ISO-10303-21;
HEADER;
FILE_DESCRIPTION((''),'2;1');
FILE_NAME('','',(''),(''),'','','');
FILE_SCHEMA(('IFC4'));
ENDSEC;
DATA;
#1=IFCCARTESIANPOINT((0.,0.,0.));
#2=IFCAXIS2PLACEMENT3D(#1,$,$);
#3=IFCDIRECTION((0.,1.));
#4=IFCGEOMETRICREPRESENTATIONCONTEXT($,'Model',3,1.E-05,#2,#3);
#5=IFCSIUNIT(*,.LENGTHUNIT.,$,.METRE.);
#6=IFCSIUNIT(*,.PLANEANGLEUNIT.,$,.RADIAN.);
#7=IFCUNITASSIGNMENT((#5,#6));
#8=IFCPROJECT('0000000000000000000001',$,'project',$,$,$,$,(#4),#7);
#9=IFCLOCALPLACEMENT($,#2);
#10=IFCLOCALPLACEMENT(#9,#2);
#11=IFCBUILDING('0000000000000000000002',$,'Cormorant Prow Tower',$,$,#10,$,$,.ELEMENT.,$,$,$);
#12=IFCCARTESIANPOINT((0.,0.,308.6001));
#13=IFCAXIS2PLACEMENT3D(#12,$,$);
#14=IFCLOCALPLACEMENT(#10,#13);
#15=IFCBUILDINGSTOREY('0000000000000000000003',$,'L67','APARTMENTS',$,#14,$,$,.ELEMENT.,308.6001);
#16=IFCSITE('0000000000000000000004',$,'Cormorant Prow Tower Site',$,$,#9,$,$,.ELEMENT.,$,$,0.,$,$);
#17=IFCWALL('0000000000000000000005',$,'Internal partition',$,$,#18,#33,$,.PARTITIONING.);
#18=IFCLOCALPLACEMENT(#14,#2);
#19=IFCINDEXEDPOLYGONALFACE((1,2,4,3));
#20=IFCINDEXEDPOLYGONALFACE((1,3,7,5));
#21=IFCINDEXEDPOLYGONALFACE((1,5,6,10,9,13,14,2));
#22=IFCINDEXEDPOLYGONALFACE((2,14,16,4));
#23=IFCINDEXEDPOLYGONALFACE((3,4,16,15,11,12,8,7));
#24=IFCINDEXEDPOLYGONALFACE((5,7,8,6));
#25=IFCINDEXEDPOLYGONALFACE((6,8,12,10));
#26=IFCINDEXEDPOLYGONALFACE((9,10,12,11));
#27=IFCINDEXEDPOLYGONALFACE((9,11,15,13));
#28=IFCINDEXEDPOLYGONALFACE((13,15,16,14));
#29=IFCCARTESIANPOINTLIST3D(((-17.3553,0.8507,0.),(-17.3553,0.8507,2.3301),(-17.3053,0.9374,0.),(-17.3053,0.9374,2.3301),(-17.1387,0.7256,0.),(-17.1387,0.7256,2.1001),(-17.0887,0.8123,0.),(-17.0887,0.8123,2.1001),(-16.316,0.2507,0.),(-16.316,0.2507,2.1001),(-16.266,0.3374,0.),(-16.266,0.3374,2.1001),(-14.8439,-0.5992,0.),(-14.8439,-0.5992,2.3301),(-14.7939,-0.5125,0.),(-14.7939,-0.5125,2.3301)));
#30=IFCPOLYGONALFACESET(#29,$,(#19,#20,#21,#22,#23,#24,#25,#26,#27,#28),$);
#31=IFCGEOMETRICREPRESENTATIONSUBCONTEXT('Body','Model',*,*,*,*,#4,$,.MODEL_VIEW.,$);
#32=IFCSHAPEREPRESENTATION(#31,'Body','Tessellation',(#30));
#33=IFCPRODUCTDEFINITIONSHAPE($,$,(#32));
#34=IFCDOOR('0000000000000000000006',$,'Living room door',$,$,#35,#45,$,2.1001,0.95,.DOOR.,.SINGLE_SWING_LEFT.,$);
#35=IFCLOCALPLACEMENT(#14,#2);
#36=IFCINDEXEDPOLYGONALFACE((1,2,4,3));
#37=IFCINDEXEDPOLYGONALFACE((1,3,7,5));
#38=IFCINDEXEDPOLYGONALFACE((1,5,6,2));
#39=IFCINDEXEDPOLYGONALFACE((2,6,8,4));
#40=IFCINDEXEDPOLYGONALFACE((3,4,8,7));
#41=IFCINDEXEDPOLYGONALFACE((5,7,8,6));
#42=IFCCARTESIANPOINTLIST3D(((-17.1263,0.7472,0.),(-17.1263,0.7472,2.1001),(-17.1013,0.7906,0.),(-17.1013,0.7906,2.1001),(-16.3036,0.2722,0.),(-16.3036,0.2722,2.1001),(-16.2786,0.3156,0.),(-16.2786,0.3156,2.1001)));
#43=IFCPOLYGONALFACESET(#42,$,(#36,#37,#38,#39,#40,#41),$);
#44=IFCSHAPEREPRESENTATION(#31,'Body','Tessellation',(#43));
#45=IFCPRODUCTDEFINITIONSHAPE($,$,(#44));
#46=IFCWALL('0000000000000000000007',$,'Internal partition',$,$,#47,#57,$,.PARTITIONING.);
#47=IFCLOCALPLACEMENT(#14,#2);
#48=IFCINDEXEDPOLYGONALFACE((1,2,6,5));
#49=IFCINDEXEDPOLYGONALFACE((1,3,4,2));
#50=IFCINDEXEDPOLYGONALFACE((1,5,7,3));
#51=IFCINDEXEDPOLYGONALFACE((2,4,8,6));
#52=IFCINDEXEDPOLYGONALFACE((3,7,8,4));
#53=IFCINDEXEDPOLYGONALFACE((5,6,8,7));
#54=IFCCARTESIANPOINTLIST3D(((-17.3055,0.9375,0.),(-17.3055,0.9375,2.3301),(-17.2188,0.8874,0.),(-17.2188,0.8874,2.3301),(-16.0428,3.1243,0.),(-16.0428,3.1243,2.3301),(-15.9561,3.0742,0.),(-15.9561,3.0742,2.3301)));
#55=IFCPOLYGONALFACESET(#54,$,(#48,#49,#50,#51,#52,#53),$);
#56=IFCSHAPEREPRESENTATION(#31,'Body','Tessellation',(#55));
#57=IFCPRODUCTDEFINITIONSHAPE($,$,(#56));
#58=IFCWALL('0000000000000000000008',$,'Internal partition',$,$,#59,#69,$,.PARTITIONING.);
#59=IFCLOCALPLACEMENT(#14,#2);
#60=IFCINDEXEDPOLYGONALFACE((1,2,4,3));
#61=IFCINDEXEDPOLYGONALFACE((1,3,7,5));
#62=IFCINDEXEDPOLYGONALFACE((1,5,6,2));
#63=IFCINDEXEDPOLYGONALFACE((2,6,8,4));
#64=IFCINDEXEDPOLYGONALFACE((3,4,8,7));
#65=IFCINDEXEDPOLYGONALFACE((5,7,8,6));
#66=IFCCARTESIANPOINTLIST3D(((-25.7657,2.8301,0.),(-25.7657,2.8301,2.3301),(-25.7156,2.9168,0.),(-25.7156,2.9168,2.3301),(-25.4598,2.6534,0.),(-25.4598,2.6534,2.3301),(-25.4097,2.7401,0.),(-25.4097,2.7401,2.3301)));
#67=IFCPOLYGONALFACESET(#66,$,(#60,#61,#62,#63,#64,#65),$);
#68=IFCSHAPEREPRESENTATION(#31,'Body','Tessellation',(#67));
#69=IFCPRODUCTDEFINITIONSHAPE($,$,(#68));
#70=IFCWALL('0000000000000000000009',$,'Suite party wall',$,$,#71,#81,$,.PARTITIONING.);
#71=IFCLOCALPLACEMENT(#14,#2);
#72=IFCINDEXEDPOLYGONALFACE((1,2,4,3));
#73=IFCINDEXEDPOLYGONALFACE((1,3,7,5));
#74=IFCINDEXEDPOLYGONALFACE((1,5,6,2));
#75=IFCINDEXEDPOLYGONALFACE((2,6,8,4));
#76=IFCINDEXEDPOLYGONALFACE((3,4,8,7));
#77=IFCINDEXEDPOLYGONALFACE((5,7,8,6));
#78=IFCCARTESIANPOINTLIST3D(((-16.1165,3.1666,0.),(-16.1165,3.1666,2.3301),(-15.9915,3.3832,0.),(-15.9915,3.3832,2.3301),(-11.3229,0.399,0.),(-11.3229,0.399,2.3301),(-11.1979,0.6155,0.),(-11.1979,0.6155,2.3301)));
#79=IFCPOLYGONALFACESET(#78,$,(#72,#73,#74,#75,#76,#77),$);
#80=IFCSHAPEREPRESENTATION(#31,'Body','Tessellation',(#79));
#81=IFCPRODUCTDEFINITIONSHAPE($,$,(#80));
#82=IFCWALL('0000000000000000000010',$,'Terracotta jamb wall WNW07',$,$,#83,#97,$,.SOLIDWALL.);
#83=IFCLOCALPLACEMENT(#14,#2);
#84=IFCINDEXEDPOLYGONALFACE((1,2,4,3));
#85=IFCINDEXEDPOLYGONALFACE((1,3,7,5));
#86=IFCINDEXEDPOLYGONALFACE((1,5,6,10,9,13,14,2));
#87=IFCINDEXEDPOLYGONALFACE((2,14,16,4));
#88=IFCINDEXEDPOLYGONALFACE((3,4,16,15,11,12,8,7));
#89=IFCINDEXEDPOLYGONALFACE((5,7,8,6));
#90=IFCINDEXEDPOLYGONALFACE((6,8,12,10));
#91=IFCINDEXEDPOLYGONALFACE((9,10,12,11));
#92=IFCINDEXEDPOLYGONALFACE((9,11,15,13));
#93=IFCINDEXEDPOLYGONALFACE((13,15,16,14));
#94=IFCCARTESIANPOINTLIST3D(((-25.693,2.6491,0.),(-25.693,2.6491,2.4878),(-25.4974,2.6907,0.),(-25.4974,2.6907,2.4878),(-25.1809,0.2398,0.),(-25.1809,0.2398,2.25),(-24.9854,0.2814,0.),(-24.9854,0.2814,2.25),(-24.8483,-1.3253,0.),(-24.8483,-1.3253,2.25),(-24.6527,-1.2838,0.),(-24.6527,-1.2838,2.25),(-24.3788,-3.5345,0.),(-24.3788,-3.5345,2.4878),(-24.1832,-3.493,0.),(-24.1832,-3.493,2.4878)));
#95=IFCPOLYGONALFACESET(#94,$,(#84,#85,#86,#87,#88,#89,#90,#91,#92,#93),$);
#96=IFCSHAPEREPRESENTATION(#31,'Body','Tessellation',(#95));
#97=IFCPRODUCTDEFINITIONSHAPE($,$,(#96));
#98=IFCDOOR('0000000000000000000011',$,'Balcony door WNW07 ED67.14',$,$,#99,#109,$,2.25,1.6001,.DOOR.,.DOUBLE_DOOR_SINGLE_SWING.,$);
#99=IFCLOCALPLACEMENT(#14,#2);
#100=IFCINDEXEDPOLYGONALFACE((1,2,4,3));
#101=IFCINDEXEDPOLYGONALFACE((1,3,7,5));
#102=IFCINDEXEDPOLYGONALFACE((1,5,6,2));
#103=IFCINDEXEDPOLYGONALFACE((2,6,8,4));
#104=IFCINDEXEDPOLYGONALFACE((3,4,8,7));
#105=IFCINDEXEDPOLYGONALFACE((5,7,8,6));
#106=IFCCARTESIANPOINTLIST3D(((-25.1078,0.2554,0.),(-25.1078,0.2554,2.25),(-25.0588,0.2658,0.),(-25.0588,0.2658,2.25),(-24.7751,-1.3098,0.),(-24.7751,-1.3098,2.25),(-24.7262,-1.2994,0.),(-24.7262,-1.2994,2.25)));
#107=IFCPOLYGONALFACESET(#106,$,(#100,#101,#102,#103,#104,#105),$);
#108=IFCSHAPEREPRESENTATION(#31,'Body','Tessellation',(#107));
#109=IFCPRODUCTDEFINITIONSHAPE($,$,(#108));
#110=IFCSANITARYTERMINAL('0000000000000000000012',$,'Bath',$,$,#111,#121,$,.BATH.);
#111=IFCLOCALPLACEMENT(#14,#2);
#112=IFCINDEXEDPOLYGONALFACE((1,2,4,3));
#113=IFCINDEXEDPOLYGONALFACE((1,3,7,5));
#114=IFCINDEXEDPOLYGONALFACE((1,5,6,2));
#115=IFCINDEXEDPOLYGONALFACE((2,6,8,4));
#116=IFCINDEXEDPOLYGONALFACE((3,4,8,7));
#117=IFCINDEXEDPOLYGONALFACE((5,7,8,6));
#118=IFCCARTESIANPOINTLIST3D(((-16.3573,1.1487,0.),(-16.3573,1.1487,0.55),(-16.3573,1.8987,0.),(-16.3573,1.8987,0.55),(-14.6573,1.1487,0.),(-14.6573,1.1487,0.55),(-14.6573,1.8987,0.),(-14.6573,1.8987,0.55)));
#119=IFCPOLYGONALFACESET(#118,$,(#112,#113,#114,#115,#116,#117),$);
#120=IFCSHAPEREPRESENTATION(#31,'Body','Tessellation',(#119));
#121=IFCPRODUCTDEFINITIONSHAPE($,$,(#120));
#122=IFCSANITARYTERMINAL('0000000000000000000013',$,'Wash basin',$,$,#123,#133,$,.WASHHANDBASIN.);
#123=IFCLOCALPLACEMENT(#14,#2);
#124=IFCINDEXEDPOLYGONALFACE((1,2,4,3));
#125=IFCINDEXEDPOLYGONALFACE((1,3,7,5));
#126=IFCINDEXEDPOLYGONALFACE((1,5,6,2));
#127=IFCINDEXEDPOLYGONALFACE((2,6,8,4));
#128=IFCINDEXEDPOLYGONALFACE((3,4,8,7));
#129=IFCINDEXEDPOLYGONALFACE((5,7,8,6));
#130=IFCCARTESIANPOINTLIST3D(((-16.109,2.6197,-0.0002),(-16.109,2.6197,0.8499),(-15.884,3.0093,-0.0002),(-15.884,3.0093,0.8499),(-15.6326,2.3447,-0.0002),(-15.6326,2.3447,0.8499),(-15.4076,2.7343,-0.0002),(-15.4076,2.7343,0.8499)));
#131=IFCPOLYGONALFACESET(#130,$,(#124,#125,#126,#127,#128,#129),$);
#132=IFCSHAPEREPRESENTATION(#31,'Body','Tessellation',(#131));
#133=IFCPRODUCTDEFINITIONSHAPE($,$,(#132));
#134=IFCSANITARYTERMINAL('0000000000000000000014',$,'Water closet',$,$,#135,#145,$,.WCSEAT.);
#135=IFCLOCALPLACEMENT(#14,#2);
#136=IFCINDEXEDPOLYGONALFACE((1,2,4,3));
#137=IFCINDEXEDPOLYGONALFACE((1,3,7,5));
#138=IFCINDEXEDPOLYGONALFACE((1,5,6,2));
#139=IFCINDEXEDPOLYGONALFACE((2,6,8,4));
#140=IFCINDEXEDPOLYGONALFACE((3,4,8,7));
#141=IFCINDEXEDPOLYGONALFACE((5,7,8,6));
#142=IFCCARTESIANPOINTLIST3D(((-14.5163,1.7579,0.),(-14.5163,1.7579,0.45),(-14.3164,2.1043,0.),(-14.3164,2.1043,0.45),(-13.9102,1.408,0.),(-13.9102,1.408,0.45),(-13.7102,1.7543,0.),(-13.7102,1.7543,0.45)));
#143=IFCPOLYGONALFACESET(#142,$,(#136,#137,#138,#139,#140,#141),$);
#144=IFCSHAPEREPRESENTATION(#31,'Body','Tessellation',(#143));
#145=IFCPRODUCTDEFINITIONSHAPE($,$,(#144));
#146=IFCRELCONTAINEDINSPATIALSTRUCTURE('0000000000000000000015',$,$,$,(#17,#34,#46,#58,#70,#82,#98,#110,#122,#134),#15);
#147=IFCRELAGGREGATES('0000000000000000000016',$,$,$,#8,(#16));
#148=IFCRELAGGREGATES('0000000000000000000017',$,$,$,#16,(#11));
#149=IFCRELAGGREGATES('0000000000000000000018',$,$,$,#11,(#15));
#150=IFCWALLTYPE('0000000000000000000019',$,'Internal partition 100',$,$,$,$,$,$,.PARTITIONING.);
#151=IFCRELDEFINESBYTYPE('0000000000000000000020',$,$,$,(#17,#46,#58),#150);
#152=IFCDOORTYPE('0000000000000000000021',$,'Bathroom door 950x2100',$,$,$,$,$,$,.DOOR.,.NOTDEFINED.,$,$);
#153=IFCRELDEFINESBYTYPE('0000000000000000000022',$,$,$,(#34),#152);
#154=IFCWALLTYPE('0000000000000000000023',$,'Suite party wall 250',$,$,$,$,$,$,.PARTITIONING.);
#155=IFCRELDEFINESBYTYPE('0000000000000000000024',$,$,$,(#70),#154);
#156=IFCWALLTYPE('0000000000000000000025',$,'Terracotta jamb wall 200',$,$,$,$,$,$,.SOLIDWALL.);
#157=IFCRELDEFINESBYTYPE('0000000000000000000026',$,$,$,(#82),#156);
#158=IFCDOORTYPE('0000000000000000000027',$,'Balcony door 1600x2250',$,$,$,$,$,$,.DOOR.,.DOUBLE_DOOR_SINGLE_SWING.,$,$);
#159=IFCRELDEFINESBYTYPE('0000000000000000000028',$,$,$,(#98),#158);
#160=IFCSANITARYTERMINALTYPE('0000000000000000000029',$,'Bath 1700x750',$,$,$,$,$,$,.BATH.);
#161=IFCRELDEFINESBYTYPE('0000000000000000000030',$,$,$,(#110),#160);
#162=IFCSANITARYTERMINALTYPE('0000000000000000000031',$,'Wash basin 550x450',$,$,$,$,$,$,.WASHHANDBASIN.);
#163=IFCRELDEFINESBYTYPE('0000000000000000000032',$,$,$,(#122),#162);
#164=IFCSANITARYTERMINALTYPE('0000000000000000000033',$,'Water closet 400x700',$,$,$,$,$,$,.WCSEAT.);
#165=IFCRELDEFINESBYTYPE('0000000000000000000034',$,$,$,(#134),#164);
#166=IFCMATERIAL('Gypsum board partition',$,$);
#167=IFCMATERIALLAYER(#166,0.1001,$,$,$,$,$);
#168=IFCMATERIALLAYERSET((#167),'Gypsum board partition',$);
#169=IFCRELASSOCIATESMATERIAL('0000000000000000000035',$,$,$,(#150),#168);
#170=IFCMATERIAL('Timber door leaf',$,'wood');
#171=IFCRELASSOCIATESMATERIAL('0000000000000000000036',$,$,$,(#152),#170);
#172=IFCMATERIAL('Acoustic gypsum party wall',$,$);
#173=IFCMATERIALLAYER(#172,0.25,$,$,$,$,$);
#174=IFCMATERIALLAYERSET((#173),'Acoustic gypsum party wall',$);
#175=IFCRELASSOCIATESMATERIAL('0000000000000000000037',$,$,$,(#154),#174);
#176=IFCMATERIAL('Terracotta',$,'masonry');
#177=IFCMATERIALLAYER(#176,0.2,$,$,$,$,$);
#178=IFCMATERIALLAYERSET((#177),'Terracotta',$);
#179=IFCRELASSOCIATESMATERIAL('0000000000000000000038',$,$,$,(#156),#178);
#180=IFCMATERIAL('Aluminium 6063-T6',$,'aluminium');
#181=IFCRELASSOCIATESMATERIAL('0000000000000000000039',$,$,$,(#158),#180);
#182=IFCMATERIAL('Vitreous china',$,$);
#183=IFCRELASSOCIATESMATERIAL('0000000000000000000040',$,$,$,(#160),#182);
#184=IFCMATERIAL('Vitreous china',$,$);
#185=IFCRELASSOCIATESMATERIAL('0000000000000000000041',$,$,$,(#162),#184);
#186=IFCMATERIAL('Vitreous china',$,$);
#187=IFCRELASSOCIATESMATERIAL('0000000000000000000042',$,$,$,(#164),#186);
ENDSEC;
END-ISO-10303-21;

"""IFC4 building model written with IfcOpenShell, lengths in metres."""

from ifc_helpers import new_model, si_unit, direction, frame, frame_2d, origin, origin_2d, place, context, subcontext, project, spatial, rectangle, extrude, material, layer, layer_set, type_object, element, fill, save


model = new_model("IFC4")

# Units and contexts
model_context = context("Model", 3, precision=1e-05, world=origin(), true_north=direction((0.0, 1.0)))
body_context = subcontext(model_context, "Body", "Model", "MODEL_VIEW")
ifc_project = project(units=[si_unit("LENGTHUNIT", "METRE"), si_unit("PLANEANGLEUNIT", "RADIAN")], contexts=[model_context])

# Site, building, storey
site_placement = place(None, origin())
site = spatial("IfcSite", under=ifc_project, at=site_placement, Name="Cormorant Prow Tower Site", CompositionType="ELEMENT", RefElevation=0.0)
building_placement = place(site_placement, origin())
building = spatial("IfcBuilding", under=site, at=building_placement, Name="Cormorant Prow Tower", CompositionType="ELEMENT")
storey_placement = place(building_placement, frame((0.0, 0.0, 308.6001)))
storey = spatial("IfcBuildingStorey", under=building, at=storey_placement, Name="L67", Description="APARTMENTS", CompositionType="ELEMENT", Elevation=308.6001)

# Shared definitions
ifc_material_1 = material(Name="Gypsum board partition")
ifc_layer_1 = layer(ifc_material_1, 0.1001)
ifc_layer_set_1 = layer_set([ifc_layer_1], Name="Gypsum board partition")
wall_type_1 = type_object("IfcWallType", Name="Internal partition 100", PredefinedType="PARTITIONING", material=ifc_layer_set_1)
ifc_material_2 = material(Name="Timber door leaf", Category="wood")
door_type_1 = type_object("IfcDoorType", Name="Bathroom door 950x2100", OperationType="NOTDEFINED", PredefinedType="DOOR", material=ifc_material_2)

# Wall, opening, door
wall_1_placement = place(storey_placement, frame((-17.3303, 0.894, 0.0), z_axis=(0.0, 0.0, 1.0), x_axis=(0.866033, -0.499987, 0.0)))
wall_1 = element("IfcWall", 1, at=wall_1_placement, inside=storey, type_object=wall_type_1, Name="Internal partition", PredefinedType="PARTITIONING", context=body_context, shape_type="SweptSolid", body=[
    extrude(rectangle(XDim=2.8999, YDim=0.1001, at=frame_2d((1.45, 0.0))), origin(), (0.0, 0.0, 1.0), 2.3301),
])
opening_1_placement = place(wall_1_placement, frame((0.25, 0.0, 0.0)))
opening_1 = element("IfcOpeningElement", 2, at=opening_1_placement, cuts=wall_1, PredefinedType="OPENING", context=body_context, shape_type="SweptSolid", body=[
    extrude(rectangle(XDim=0.95, YDim=2.1001, at=frame_2d((0.4751, 1.05))), frame((0.0, 0.0601, 0.0), z_axis=(0.0, -1.0, 0.0), x_axis=(1.0, 0.0, 0.0)), (0.0, 0.0, 1.0), 0.1201),
])
door_1_placement = place(opening_1_placement, origin())
door_1 = element("IfcDoor", 3, at=door_1_placement, inside=storey, type_object=door_type_1, Name="Living room door", OperationType="SINGLE_SWING_LEFT", OverallHeight=2.1001, OverallWidth=0.95, PredefinedType="DOOR", context=body_context, shape_type="SweptSolid", body=[
    extrude(rectangle(XDim=0.95, YDim=2.1001, at=frame_2d((0.4751, 1.05))), frame((0.0, 0.0249, 0.0), z_axis=(0.0, -1.0, 0.0), x_axis=(1.0, 0.0, 0.0)), (0.0, 0.0, 1.0), 0.05),
])
fill(opening_1, door_1)

# Walls
wall_2_placement = place(storey_placement, frame((-17.2622, 0.9124, 0.0), z_axis=(0.0, 0.0, 1.0), x_axis=(0.500049, 0.865997, 0.0)))
element("IfcWall", 4, at=wall_2_placement, inside=storey, type_object=wall_type_1, Name="Internal partition", PredefinedType="PARTITIONING", context=body_context, shape_type="SweptSolid", body=[
    extrude(rectangle(XDim=2.5251, YDim=0.1001, at=frame_2d((1.2627, 0.0))), origin(), (0.0, 0.0, 1.0), 2.3301),
])
wall_3_placement = place(storey_placement, frame((-25.7407, 2.8735, 0.0), z_axis=(0.0, 0.0, 1.0), x_axis=(0.865852, -0.500301, 0.0)))
element("IfcWall", 5, at=wall_3_placement, inside=storey, type_object=wall_type_1, Name="Internal partition", PredefinedType="PARTITIONING", context=body_context, shape_type="SweptSolid", body=[
    extrude(rectangle(XDim=0.3533, YDim=0.1001, at=frame_2d((0.1768, 0.0))), origin(), (0.0, 0.0, 1.0), 2.3301),
])
ifc_material_3 = material(Name="Acoustic gypsum party wall")
ifc_layer_2 = layer(ifc_material_3, 0.25)
ifc_layer_set_2 = layer_set([ifc_layer_2], Name="Acoustic gypsum party wall")
wall_type_2 = type_object("IfcWallType", Name="Suite party wall 250", PredefinedType="PARTITIONING", material=ifc_layer_set_2)
wall_4_placement = place(storey_placement, frame((-16.054, 3.2749, 0.0), z_axis=(0.0, 0.0, 1.0), x_axis=(0.86602, -0.50001, 0.0)))
element("IfcWall", 6, at=wall_4_placement, inside=storey, type_object=wall_type_2, Name="Suite party wall", PredefinedType="PARTITIONING", context=body_context, shape_type="SweptSolid", body=[
    extrude(rectangle(XDim=5.5352, YDim=0.25, at=frame_2d((2.7676, 0.0))), origin(), (0.0, 0.0, 1.0), 2.3301),
])

# Wall, opening, door
ifc_material_4 = material(Name="Terracotta", Category="masonry")
ifc_layer_3 = layer(ifc_material_4, 0.2)
ifc_layer_set_3 = layer_set([ifc_layer_3], Name="Terracotta")
wall_type_3 = type_object("IfcWallType", Name="Terracotta jamb wall 200", PredefinedType="SOLIDWALL", material=ifc_layer_set_3)
wall_5_placement = place(storey_placement, frame((-25.5952, 2.6699, 0.0), z_axis=(0.0, 0.0, 1.0), x_axis=(0.207888, -0.978153, 0.0)))
wall_5 = element("IfcWall", 7, at=wall_5_placement, inside=storey, type_object=wall_type_3, Name="Terracotta jamb wall WNW07", PredefinedType="SOLIDWALL", context=body_context, shape_type="SweptSolid", body=[
    extrude(rectangle(XDim=6.3218, YDim=0.2, at=frame_2d((3.1609, 0.0))), origin(), (0.0, 0.0, 1.0), 2.4878),
])
opening_2_placement = place(wall_5_placement, frame((2.4631, 0.0, 0.0)))
opening_2 = element("IfcOpeningElement", 8, at=opening_2_placement, cuts=wall_5, PredefinedType="OPENING", context=body_context, shape_type="SweptSolid", body=[
    extrude(rectangle(XDim=1.6001, YDim=2.25, at=frame_2d((0.8, 1.125))), frame((0.0, 0.1099, 0.0), z_axis=(0.0, -1.0, 0.0), x_axis=(1.0, 0.0, 0.0)), (0.0, 0.0, 1.0), 0.22),
])
ifc_material_5 = material(Name="Aluminium 6063-T6", Category="aluminium")
door_type_2 = type_object("IfcDoorType", Name="Balcony door 1600x2250", OperationType="DOUBLE_DOOR_SINGLE_SWING", PredefinedType="DOOR", material=ifc_material_5)
door_2_placement = place(opening_2_placement, origin())
door_2 = element("IfcDoor", 9, at=door_2_placement, inside=storey, type_object=door_type_2, Name="Balcony door WNW07 ED67.14", OperationType="DOUBLE_DOOR_SINGLE_SWING", OverallHeight=2.25, OverallWidth=1.6001, PredefinedType="DOOR", context=body_context, shape_type="SweptSolid", body=[
    extrude(rectangle(XDim=1.6001, YDim=2.25, at=frame_2d((0.8, 1.125))), frame((0.0, 0.0249, 0.0), z_axis=(0.0, -1.0, 0.0), x_axis=(1.0, 0.0, 0.0)), (0.0, 0.0, 1.0), 0.05),
])
fill(opening_2, door_2)

# Sanitary terminals
ifc_material_6 = material(Name="Vitreous china")
sanitary_terminal_type_1 = type_object("IfcSanitaryTerminalType", Name="Bath 1700x750", PredefinedType="BATH", material=ifc_material_6)
sanitary_terminal_1_placement = place(storey_placement, frame((-15.5073, 1.5237, 0.0), z_axis=(0.0, 0.0, 1.0), x_axis=(1.0, 0.0, 0.0)))
element("IfcSanitaryTerminal", 10, at=sanitary_terminal_1_placement, inside=storey, type_object=sanitary_terminal_type_1, Name="Bath", PredefinedType="BATH", context=body_context, shape_type="SweptSolid", body=[
    extrude(rectangle(XDim=1.7, YDim=0.75, at=origin_2d()), origin(), (0.0, 0.0, 1.0), 0.55),
])
ifc_material_7 = material(Name="Vitreous china")
sanitary_terminal_type_2 = type_object("IfcSanitaryTerminalType", Name="Wash basin 550x450", PredefinedType="WASHHANDBASIN", material=ifc_material_7)
sanitary_terminal_2_placement = place(storey_placement, frame((-15.7583, 2.677, -0.0002), z_axis=(0.0, 0.0, 1.0), x_axis=(0.866025, -0.5, 0.0)))
element("IfcSanitaryTerminal", 11, at=sanitary_terminal_2_placement, inside=storey, type_object=sanitary_terminal_type_2, Name="Wash basin", PredefinedType="WASHHANDBASIN", context=body_context, shape_type="SweptSolid", body=[
    extrude(rectangle(XDim=0.55, YDim=0.45, at=origin_2d()), origin(), (0.0, 0.0, 1.0), 0.8501),
])
ifc_material_8 = material(Name="Vitreous china")
sanitary_terminal_type_3 = type_object("IfcSanitaryTerminalType", Name="Water closet 400x700", PredefinedType="WCSEAT", material=ifc_material_8)
sanitary_terminal_3_placement = place(storey_placement, frame((-14.1133, 1.7561, 0.0), z_axis=(0.0, 0.0, 1.0), x_axis=(-0.5, -0.866025, 0.0)))
element("IfcSanitaryTerminal", 12, at=sanitary_terminal_3_placement, inside=storey, type_object=sanitary_terminal_type_3, Name="Water closet", PredefinedType="WCSEAT", context=body_context, shape_type="SweptSolid", body=[
    extrude(rectangle(XDim=0.3999, YDim=0.7, at=origin_2d()), origin(), (0.0, 0.0, 1.0), 0.45),
])

save(model, "model.ifc")
